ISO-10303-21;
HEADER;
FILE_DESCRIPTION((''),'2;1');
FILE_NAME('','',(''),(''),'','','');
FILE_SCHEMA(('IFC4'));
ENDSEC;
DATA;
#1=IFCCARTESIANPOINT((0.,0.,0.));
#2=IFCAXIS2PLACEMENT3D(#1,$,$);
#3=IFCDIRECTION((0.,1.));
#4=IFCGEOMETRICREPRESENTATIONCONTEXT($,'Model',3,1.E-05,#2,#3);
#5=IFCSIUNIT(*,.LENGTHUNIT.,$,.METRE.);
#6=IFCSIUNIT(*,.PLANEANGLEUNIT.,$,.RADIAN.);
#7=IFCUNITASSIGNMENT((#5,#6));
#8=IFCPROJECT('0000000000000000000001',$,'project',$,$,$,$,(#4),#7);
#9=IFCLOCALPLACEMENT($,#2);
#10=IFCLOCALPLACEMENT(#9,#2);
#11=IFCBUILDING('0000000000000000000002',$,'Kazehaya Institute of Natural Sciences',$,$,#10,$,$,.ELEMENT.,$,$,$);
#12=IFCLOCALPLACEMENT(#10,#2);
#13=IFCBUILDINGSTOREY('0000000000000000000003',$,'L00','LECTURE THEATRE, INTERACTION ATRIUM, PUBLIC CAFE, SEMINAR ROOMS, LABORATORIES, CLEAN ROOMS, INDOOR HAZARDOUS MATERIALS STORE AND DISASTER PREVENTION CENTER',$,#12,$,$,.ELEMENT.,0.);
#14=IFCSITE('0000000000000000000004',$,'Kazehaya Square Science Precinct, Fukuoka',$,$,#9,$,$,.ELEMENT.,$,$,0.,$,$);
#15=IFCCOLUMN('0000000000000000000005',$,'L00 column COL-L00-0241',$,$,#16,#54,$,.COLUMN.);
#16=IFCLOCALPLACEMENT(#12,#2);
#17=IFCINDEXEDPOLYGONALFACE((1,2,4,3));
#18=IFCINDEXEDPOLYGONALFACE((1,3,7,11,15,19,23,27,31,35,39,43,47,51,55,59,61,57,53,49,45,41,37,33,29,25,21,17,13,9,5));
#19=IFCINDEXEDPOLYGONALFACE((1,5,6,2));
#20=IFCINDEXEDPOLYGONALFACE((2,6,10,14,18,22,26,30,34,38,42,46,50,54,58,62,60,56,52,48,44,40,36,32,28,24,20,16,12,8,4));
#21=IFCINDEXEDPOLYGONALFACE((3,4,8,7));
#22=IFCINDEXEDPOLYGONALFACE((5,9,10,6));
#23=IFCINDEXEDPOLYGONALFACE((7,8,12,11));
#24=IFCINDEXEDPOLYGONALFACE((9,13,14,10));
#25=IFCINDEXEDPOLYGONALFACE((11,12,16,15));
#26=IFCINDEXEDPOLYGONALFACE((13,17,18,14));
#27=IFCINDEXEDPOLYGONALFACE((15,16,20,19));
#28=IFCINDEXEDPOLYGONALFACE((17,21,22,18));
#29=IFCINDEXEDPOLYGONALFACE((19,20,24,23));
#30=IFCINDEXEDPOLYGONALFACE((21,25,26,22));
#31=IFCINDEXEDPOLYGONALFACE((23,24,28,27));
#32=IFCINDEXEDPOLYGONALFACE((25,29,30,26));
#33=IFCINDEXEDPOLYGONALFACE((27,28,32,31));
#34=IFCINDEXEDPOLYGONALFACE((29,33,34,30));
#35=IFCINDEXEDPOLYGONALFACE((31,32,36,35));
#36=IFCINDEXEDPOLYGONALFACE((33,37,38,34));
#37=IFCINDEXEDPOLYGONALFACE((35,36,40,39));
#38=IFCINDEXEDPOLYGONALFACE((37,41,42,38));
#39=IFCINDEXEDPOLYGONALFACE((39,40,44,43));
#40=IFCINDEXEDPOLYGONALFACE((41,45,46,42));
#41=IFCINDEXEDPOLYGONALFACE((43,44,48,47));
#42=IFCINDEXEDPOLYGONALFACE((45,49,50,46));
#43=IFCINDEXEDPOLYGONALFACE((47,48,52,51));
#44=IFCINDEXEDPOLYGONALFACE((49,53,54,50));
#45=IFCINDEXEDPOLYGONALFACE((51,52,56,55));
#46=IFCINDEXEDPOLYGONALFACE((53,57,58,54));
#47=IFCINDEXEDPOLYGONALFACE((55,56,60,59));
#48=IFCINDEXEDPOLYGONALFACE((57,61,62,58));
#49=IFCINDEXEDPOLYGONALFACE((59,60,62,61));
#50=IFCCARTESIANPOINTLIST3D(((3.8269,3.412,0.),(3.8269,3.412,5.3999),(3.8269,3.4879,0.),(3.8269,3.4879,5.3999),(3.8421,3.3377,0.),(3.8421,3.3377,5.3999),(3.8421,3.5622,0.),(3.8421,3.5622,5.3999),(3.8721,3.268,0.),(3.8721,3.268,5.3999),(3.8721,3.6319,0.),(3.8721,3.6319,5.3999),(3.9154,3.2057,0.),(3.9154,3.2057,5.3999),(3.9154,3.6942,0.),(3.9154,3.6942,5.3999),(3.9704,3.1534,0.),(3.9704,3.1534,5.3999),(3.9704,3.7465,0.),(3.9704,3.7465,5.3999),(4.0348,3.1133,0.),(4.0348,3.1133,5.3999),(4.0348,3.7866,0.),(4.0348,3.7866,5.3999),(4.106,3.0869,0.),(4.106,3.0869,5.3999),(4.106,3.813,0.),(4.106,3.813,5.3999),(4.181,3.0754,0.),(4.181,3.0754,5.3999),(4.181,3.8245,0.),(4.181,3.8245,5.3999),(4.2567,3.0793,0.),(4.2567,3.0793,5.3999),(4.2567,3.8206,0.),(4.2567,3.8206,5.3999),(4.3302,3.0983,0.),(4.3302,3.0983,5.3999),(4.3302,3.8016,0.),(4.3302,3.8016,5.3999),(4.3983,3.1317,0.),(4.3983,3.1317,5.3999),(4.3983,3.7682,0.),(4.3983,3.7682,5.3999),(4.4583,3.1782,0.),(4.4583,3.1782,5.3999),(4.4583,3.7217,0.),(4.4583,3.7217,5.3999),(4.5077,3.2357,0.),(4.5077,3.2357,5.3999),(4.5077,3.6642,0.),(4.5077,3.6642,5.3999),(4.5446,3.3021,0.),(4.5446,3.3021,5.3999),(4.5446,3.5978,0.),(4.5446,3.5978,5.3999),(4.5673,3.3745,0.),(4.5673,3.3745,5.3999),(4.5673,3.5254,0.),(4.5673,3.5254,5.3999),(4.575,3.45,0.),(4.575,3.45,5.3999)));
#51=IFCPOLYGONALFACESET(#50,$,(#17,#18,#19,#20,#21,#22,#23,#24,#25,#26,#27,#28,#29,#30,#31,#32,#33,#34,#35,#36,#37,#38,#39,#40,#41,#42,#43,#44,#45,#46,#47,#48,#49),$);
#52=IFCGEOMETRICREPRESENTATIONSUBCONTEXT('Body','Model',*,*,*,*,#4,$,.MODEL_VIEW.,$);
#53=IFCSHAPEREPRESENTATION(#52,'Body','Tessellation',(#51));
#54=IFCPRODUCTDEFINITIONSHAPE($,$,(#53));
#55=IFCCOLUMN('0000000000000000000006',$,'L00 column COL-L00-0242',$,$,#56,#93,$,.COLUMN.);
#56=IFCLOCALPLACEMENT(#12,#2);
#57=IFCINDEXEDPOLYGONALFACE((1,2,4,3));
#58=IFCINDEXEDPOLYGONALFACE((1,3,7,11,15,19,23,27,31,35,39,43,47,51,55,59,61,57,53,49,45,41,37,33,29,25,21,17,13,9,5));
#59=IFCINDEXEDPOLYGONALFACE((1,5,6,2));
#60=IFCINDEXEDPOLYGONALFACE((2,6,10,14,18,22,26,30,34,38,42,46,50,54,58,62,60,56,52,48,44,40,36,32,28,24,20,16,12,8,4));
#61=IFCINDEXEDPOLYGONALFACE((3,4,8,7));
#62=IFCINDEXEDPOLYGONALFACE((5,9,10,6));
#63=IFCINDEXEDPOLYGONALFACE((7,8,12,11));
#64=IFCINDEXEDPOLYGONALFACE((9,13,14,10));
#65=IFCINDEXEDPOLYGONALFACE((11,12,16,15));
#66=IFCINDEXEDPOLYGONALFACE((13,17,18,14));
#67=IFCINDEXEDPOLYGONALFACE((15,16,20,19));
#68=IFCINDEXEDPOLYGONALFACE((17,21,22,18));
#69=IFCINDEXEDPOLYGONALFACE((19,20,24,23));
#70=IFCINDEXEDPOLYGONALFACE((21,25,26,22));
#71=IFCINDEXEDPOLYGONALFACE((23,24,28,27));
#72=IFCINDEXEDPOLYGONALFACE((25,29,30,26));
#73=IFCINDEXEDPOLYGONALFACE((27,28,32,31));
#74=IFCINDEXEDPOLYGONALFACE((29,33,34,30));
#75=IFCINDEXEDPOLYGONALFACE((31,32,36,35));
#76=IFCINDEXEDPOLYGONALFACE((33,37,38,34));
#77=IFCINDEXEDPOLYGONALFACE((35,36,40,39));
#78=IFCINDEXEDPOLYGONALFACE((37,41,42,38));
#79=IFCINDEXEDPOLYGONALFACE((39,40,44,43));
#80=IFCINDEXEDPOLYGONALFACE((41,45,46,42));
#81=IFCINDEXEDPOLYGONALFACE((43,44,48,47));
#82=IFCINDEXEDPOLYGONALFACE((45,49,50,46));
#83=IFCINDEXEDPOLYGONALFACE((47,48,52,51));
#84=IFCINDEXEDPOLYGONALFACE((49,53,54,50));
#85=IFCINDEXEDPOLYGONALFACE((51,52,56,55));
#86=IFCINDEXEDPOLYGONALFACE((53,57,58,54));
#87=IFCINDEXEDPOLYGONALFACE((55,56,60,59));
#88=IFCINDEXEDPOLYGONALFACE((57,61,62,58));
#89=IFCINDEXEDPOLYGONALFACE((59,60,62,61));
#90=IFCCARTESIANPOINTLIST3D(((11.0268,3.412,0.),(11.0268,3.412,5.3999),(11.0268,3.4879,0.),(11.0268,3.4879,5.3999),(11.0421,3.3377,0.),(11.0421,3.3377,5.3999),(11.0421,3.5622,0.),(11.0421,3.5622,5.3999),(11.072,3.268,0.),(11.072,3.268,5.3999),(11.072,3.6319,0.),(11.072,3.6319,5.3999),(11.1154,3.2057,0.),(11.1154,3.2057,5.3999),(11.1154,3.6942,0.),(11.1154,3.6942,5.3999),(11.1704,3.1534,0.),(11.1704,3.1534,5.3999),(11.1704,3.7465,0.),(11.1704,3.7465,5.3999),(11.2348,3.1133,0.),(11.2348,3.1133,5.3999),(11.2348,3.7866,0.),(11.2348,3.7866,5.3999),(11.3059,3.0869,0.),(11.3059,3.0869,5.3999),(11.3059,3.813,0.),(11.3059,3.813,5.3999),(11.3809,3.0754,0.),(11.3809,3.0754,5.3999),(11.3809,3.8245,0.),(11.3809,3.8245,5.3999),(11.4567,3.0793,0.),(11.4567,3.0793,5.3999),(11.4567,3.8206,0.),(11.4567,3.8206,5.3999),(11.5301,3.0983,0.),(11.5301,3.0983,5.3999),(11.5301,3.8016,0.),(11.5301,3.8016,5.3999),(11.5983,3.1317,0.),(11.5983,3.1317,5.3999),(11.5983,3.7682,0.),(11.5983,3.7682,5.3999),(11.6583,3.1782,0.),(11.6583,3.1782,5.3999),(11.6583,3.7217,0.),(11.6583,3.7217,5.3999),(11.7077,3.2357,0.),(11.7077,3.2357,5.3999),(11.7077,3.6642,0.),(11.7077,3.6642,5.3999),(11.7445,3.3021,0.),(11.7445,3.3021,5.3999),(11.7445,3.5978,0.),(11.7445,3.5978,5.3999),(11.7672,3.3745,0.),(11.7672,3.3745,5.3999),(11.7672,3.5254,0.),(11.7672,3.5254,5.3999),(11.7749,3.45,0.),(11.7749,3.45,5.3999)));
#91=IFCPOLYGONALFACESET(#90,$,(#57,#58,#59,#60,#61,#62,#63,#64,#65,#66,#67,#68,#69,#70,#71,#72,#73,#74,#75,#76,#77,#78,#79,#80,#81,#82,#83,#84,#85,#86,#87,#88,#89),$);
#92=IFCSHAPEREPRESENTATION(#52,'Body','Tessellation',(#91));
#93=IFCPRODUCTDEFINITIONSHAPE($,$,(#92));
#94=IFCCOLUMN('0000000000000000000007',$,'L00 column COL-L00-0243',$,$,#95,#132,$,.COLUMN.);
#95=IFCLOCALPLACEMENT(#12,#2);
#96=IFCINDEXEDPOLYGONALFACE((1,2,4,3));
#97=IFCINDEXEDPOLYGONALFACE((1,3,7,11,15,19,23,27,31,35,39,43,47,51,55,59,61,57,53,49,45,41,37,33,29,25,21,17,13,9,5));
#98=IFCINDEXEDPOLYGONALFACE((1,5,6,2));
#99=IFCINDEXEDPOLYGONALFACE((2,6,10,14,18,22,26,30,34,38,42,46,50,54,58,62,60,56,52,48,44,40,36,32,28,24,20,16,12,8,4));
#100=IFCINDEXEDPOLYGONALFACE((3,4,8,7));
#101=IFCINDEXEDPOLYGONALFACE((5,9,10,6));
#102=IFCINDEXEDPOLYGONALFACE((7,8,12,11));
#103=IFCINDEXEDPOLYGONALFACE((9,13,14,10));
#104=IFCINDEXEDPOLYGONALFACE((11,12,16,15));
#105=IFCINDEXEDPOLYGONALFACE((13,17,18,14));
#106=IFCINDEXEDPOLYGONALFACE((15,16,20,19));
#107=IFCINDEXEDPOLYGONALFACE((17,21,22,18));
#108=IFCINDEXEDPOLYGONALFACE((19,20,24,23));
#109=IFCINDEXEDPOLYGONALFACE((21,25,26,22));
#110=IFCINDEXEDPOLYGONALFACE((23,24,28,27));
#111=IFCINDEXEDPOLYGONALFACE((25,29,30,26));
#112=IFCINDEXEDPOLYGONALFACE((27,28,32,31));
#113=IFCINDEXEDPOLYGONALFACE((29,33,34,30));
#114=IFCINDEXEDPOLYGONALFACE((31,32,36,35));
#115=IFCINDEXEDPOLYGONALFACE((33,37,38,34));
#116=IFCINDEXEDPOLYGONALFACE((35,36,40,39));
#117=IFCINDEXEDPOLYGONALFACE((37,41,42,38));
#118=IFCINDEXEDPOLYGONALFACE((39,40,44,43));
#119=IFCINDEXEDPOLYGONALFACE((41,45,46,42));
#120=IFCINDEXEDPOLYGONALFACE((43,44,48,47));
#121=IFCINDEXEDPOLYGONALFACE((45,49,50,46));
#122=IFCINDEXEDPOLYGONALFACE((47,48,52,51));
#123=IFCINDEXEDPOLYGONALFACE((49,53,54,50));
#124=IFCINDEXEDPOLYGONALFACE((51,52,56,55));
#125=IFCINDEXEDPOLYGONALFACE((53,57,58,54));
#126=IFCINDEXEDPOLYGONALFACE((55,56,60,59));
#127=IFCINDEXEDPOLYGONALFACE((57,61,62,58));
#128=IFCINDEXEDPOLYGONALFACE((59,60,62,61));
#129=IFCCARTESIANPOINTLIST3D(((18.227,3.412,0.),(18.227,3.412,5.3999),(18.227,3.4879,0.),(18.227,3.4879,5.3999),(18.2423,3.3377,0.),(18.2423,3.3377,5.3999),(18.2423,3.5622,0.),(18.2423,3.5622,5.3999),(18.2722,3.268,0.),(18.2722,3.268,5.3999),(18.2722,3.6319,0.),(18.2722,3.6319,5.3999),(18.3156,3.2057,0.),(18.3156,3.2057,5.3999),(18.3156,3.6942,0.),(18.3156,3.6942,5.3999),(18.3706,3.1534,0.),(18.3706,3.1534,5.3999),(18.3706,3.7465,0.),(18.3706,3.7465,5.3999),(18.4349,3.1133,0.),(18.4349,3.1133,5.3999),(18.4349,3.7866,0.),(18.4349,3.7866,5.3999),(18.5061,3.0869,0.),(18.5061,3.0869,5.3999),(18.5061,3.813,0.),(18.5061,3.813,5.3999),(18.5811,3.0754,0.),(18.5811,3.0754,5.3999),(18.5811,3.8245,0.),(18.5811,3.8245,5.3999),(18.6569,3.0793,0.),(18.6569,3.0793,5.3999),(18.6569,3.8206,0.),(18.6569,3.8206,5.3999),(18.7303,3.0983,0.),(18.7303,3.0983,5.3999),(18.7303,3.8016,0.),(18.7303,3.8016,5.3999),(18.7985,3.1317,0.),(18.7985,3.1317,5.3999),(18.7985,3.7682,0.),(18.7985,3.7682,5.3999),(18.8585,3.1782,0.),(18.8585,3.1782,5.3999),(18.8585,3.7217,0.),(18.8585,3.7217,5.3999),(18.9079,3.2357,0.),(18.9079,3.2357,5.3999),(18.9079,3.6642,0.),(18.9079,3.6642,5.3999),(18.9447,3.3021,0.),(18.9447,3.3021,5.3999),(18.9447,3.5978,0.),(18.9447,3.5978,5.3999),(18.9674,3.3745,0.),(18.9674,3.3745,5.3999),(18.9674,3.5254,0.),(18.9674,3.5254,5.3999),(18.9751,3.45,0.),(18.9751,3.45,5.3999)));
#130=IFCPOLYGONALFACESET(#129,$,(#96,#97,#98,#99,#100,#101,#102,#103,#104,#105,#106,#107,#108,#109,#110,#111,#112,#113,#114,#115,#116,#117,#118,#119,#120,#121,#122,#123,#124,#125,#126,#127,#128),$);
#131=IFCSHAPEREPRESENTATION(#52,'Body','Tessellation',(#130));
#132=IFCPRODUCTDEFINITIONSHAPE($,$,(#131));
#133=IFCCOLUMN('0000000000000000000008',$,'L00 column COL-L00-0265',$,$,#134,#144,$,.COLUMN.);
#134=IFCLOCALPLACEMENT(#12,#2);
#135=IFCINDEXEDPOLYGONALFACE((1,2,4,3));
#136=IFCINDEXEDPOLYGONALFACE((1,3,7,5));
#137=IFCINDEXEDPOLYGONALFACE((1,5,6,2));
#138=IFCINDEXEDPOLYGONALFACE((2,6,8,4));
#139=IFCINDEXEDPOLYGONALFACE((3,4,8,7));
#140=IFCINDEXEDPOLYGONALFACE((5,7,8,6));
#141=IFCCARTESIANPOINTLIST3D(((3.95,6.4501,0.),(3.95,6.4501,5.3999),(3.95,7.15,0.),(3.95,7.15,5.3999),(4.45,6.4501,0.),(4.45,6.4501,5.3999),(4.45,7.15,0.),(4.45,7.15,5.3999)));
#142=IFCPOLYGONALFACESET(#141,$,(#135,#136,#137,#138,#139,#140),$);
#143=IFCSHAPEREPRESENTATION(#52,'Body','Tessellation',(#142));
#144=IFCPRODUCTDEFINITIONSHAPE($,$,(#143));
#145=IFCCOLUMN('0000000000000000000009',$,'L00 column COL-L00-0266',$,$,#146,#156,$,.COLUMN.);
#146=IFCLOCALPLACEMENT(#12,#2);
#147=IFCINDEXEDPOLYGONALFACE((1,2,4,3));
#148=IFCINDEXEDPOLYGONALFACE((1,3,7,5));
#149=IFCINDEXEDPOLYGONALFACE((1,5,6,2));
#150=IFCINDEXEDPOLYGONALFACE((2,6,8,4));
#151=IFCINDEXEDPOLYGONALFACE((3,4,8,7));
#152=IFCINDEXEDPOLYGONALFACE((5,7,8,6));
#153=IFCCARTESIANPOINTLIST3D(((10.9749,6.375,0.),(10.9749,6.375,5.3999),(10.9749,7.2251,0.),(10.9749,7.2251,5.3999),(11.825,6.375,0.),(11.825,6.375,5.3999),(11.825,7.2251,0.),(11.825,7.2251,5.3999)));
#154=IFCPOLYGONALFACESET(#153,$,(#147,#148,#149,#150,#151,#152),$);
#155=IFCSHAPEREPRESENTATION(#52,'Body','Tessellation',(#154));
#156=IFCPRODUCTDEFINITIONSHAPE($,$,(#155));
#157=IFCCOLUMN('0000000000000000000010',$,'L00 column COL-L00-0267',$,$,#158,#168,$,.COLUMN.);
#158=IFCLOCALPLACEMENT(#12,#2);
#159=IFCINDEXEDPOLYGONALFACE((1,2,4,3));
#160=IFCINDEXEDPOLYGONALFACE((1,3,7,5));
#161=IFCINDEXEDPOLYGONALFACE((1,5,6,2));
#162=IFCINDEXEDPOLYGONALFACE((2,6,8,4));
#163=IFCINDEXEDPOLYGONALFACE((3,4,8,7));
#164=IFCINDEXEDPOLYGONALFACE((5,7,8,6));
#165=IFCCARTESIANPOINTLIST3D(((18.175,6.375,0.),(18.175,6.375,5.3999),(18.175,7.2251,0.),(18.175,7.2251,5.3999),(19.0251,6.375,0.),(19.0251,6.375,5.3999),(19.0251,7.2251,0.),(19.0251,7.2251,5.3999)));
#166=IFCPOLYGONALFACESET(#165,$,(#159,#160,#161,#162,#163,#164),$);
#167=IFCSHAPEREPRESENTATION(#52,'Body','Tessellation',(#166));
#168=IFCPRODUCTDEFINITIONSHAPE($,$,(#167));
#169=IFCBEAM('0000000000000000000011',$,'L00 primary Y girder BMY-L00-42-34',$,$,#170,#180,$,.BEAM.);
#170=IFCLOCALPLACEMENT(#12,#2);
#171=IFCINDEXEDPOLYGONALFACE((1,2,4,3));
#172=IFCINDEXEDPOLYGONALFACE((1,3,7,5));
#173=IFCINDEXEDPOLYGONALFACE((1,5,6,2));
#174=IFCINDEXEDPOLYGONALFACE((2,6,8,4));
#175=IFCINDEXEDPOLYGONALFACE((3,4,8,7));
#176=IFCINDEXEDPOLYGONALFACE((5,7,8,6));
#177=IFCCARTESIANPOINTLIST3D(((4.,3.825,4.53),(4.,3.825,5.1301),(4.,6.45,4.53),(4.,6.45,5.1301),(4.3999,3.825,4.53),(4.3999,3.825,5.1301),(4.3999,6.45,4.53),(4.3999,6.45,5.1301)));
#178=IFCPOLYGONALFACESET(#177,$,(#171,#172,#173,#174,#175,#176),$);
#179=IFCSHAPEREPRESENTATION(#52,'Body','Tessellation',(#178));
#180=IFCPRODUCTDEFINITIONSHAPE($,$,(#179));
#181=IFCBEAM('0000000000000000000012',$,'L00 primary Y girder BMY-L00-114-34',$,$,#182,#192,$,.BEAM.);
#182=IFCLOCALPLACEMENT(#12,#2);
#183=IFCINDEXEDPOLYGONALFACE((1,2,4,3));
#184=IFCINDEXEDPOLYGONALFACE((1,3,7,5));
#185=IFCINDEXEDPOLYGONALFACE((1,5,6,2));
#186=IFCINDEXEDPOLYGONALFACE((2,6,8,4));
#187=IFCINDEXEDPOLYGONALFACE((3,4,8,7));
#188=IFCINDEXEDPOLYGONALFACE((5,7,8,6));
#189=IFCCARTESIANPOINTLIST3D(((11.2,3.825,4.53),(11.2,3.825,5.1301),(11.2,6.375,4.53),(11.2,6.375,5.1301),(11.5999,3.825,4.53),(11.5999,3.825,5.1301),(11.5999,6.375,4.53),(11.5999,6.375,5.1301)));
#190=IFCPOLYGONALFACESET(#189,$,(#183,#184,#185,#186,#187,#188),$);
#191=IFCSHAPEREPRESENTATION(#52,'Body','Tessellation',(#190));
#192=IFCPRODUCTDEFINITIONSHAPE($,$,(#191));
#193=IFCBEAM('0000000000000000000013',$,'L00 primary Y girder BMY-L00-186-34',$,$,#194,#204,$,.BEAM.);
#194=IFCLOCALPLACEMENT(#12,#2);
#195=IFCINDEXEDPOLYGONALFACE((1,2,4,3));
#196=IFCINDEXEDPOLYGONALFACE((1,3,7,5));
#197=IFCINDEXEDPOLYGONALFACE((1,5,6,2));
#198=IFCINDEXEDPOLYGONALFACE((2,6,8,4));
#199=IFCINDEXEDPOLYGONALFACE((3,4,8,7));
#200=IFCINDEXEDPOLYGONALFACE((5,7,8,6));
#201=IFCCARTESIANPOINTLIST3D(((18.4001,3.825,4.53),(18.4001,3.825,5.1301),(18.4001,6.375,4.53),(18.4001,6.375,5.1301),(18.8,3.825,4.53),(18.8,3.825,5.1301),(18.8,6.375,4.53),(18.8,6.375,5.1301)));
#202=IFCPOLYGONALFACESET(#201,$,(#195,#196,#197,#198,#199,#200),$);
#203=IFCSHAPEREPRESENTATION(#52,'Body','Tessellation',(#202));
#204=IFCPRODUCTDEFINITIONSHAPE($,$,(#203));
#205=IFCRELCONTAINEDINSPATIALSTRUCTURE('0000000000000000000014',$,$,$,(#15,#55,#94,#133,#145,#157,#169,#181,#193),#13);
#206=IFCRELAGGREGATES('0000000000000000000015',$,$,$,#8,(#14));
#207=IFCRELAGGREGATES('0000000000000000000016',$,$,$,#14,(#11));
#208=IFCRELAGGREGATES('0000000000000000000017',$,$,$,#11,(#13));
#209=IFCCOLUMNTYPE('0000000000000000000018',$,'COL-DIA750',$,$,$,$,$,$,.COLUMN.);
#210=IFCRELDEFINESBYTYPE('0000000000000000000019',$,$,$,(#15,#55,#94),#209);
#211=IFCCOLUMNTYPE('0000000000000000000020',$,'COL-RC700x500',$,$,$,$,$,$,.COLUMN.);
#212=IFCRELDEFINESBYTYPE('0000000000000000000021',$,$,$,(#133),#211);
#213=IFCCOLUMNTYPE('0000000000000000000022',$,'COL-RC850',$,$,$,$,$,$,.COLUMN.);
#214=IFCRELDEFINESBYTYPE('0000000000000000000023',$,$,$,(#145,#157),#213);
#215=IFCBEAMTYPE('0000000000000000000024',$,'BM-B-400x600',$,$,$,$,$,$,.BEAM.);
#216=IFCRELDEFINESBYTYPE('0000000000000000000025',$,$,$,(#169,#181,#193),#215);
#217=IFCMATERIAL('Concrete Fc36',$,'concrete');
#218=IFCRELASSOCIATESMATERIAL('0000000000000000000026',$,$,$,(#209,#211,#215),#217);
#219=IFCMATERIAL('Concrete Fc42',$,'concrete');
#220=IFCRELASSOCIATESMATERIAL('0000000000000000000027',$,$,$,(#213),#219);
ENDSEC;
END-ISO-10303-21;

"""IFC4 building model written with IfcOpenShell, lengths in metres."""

from ifc_helpers import new_model, si_unit, direction, frame, origin, origin_2d, place, context, subcontext, project, spatial, rectangle, circle, extrude, material, material_profile, profile_set, type_object, element, save


model = new_model("IFC4")

# Units and contexts
model_context = context("Model", 3, precision=1e-05, world=origin(), true_north=direction((0.0, 1.0)))
body_context = subcontext(model_context, "Body", "Model", "MODEL_VIEW")
ifc_project = project(units=[si_unit("LENGTHUNIT", "METRE"), si_unit("PLANEANGLEUNIT", "RADIAN")], contexts=[model_context])

# Site, building, storey
site_placement = place(None, origin())
site = spatial("IfcSite", under=ifc_project, at=site_placement, Name="Kazehaya Square Science Precinct, Fukuoka", CompositionType="ELEMENT", RefElevation=0.0)
building_placement = place(site_placement, origin())
building = spatial("IfcBuilding", under=site, at=building_placement, Name="Kazehaya Institute of Natural Sciences", CompositionType="ELEMENT")
storey_placement = place(building_placement, origin())
storey = spatial("IfcBuildingStorey", under=building, at=storey_placement, Name="L00", Description="LECTURE THEATRE, INTERACTION ATRIUM, PUBLIC CAFE, SEMINAR ROOMS, LABORATORIES, CLEAN ROOMS, INDOOR HAZARDOUS MATERIALS STORE AND DISASTER PREVENTION CENTER", CompositionType="ELEMENT", Elevation=0.0)

# Columns
ifc_material_1 = material(Name="Concrete Fc36", Category="concrete")
ifc_material_profile_1 = material_profile(ifc_material_1, circle(Radius=0.375, at=origin_2d()), Name="RC-DIA750")
ifc_profile_set_1 = profile_set([ifc_material_profile_1], Name="Concrete Fc36")
column_type_1 = type_object("IfcColumnType", Name="COL-DIA750", PredefinedType="COLUMN", material=ifc_profile_set_1)
for number, where, z_axis, x_axis, name in (
    (1, (4.2, 3.45, 0.0), (0.0, 0.0, 1.0), (1.0, 0.0, 0.0), "L00 column COL-L00-0241"),
    (2, (11.3999, 3.45, 0.0), (0.0, 0.0, 1.0), (1.0, 0.0, 0.0), "L00 column COL-L00-0242"),
    (3, (18.6001, 3.45, 0.0), (0.0, 0.0, 1.0), (1.0, 0.0, 0.0), "L00 column COL-L00-0243"),
):
    element("IfcColumn", number, at=place(storey_placement, frame(where, z_axis=z_axis, x_axis=x_axis)), inside=storey, type_object=column_type_1, Name=name, PredefinedType="COLUMN", context=body_context, shape_type="SweptSolid", body=[
        extrude(circle(Radius=0.375, at=origin_2d()), origin(), (0.0, 0.0, 1.0), 5.3999),
    ])
ifc_material_profile_2 = material_profile(ifc_material_1, rectangle(XDim=0.5, YDim=0.7, at=origin_2d()), Name="RC-700x500")
ifc_profile_set_2 = profile_set([ifc_material_profile_2], Name="Concrete Fc36")
column_type_2 = type_object("IfcColumnType", Name="COL-RC700x500", PredefinedType="COLUMN", material=ifc_profile_set_2)
column_placement = place(storey_placement, frame((4.2, 6.8, 0.0), z_axis=(0.0, 0.0, 1.0), x_axis=(1.0, 0.0, 0.0)))
element("IfcColumn", 4, at=column_placement, inside=storey, type_object=column_type_2, Name="L00 column COL-L00-0265", PredefinedType="COLUMN", context=body_context, shape_type="SweptSolid", body=[
    extrude(rectangle(XDim=0.5, YDim=0.7, at=origin_2d()), origin(), (0.0, 0.0, 1.0), 5.3999),
])
ifc_material_2 = material(Name="Concrete Fc42", Category="concrete")
ifc_material_profile_3 = material_profile(ifc_material_2, rectangle(XDim=0.8501, YDim=0.8501, at=origin_2d()), Name="RC-850x850")
ifc_profile_set_3 = profile_set([ifc_material_profile_3], Name="Concrete Fc42")
column_type_3 = type_object("IfcColumnType", Name="COL-RC850", PredefinedType="COLUMN", material=ifc_profile_set_3)
for number, where, z_axis, x_axis, name in (
    (5, (11.3999, 6.8, 0.0), (0.0, 0.0, 1.0), (1.0, 0.0, 0.0), "L00 column COL-L00-0266"),
    (6, (18.6001, 6.8, 0.0), (0.0, 0.0, 1.0), (1.0, 0.0, 0.0), "L00 column COL-L00-0267"),
):
    element("IfcColumn", number, at=place(storey_placement, frame(where, z_axis=z_axis, x_axis=x_axis)), inside=storey, type_object=column_type_3, Name=name, PredefinedType="COLUMN", context=body_context, shape_type="SweptSolid", body=[
        extrude(rectangle(XDim=0.8501, YDim=0.8501, at=origin_2d()), origin(), (0.0, 0.0, 1.0), 5.3999),
    ])

# Beams
ifc_material_profile_4 = material_profile(ifc_material_1, rectangle(XDim=0.3999, YDim=0.6001, at=origin_2d()), Name="RC-400x600")
ifc_profile_set_4 = profile_set([ifc_material_profile_4], Name="Concrete Fc36")
beam_type_1 = type_object("IfcBeamType", Name="BM-B-400x600", PredefinedType="BEAM", material=ifc_profile_set_4)
beam_1_placement = place(storey_placement, frame((4.2, 3.825, 4.8301), z_axis=(0.0, 1.0, 0.0), x_axis=(-1.0, 0.0, 0.0)))
element("IfcBeam", 7, at=beam_1_placement, inside=storey, type_object=beam_type_1, Name="L00 primary Y girder BMY-L00-42-34", PredefinedType="BEAM", context=body_context, shape_type="SweptSolid", body=[
    extrude(rectangle(XDim=0.3999, YDim=0.6001, at=origin_2d()), origin(), (0.0, 0.0, 1.0), 2.625),
])
for number, where, z_axis, x_axis, name in (
    (8, (11.3999, 3.825, 4.8301), (0.0, 1.0, 0.0), (-1.0, 0.0, 0.0), "L00 primary Y girder BMY-L00-114-34"),
    (9, (18.6001, 3.825, 4.8301), (0.0, 1.0, 0.0), (-1.0, 0.0, 0.0), "L00 primary Y girder BMY-L00-186-34"),
):
    element("IfcBeam", number, at=place(storey_placement, frame(where, z_axis=z_axis, x_axis=x_axis)), inside=storey, type_object=beam_type_1, Name=name, PredefinedType="BEAM", context=body_context, shape_type="SweptSolid", body=[
        extrude(rectangle(XDim=0.3999, YDim=0.6001, at=origin_2d()), origin(), (0.0, 0.0, 1.0), 2.55),
    ])

save(model, "model.ifc")
